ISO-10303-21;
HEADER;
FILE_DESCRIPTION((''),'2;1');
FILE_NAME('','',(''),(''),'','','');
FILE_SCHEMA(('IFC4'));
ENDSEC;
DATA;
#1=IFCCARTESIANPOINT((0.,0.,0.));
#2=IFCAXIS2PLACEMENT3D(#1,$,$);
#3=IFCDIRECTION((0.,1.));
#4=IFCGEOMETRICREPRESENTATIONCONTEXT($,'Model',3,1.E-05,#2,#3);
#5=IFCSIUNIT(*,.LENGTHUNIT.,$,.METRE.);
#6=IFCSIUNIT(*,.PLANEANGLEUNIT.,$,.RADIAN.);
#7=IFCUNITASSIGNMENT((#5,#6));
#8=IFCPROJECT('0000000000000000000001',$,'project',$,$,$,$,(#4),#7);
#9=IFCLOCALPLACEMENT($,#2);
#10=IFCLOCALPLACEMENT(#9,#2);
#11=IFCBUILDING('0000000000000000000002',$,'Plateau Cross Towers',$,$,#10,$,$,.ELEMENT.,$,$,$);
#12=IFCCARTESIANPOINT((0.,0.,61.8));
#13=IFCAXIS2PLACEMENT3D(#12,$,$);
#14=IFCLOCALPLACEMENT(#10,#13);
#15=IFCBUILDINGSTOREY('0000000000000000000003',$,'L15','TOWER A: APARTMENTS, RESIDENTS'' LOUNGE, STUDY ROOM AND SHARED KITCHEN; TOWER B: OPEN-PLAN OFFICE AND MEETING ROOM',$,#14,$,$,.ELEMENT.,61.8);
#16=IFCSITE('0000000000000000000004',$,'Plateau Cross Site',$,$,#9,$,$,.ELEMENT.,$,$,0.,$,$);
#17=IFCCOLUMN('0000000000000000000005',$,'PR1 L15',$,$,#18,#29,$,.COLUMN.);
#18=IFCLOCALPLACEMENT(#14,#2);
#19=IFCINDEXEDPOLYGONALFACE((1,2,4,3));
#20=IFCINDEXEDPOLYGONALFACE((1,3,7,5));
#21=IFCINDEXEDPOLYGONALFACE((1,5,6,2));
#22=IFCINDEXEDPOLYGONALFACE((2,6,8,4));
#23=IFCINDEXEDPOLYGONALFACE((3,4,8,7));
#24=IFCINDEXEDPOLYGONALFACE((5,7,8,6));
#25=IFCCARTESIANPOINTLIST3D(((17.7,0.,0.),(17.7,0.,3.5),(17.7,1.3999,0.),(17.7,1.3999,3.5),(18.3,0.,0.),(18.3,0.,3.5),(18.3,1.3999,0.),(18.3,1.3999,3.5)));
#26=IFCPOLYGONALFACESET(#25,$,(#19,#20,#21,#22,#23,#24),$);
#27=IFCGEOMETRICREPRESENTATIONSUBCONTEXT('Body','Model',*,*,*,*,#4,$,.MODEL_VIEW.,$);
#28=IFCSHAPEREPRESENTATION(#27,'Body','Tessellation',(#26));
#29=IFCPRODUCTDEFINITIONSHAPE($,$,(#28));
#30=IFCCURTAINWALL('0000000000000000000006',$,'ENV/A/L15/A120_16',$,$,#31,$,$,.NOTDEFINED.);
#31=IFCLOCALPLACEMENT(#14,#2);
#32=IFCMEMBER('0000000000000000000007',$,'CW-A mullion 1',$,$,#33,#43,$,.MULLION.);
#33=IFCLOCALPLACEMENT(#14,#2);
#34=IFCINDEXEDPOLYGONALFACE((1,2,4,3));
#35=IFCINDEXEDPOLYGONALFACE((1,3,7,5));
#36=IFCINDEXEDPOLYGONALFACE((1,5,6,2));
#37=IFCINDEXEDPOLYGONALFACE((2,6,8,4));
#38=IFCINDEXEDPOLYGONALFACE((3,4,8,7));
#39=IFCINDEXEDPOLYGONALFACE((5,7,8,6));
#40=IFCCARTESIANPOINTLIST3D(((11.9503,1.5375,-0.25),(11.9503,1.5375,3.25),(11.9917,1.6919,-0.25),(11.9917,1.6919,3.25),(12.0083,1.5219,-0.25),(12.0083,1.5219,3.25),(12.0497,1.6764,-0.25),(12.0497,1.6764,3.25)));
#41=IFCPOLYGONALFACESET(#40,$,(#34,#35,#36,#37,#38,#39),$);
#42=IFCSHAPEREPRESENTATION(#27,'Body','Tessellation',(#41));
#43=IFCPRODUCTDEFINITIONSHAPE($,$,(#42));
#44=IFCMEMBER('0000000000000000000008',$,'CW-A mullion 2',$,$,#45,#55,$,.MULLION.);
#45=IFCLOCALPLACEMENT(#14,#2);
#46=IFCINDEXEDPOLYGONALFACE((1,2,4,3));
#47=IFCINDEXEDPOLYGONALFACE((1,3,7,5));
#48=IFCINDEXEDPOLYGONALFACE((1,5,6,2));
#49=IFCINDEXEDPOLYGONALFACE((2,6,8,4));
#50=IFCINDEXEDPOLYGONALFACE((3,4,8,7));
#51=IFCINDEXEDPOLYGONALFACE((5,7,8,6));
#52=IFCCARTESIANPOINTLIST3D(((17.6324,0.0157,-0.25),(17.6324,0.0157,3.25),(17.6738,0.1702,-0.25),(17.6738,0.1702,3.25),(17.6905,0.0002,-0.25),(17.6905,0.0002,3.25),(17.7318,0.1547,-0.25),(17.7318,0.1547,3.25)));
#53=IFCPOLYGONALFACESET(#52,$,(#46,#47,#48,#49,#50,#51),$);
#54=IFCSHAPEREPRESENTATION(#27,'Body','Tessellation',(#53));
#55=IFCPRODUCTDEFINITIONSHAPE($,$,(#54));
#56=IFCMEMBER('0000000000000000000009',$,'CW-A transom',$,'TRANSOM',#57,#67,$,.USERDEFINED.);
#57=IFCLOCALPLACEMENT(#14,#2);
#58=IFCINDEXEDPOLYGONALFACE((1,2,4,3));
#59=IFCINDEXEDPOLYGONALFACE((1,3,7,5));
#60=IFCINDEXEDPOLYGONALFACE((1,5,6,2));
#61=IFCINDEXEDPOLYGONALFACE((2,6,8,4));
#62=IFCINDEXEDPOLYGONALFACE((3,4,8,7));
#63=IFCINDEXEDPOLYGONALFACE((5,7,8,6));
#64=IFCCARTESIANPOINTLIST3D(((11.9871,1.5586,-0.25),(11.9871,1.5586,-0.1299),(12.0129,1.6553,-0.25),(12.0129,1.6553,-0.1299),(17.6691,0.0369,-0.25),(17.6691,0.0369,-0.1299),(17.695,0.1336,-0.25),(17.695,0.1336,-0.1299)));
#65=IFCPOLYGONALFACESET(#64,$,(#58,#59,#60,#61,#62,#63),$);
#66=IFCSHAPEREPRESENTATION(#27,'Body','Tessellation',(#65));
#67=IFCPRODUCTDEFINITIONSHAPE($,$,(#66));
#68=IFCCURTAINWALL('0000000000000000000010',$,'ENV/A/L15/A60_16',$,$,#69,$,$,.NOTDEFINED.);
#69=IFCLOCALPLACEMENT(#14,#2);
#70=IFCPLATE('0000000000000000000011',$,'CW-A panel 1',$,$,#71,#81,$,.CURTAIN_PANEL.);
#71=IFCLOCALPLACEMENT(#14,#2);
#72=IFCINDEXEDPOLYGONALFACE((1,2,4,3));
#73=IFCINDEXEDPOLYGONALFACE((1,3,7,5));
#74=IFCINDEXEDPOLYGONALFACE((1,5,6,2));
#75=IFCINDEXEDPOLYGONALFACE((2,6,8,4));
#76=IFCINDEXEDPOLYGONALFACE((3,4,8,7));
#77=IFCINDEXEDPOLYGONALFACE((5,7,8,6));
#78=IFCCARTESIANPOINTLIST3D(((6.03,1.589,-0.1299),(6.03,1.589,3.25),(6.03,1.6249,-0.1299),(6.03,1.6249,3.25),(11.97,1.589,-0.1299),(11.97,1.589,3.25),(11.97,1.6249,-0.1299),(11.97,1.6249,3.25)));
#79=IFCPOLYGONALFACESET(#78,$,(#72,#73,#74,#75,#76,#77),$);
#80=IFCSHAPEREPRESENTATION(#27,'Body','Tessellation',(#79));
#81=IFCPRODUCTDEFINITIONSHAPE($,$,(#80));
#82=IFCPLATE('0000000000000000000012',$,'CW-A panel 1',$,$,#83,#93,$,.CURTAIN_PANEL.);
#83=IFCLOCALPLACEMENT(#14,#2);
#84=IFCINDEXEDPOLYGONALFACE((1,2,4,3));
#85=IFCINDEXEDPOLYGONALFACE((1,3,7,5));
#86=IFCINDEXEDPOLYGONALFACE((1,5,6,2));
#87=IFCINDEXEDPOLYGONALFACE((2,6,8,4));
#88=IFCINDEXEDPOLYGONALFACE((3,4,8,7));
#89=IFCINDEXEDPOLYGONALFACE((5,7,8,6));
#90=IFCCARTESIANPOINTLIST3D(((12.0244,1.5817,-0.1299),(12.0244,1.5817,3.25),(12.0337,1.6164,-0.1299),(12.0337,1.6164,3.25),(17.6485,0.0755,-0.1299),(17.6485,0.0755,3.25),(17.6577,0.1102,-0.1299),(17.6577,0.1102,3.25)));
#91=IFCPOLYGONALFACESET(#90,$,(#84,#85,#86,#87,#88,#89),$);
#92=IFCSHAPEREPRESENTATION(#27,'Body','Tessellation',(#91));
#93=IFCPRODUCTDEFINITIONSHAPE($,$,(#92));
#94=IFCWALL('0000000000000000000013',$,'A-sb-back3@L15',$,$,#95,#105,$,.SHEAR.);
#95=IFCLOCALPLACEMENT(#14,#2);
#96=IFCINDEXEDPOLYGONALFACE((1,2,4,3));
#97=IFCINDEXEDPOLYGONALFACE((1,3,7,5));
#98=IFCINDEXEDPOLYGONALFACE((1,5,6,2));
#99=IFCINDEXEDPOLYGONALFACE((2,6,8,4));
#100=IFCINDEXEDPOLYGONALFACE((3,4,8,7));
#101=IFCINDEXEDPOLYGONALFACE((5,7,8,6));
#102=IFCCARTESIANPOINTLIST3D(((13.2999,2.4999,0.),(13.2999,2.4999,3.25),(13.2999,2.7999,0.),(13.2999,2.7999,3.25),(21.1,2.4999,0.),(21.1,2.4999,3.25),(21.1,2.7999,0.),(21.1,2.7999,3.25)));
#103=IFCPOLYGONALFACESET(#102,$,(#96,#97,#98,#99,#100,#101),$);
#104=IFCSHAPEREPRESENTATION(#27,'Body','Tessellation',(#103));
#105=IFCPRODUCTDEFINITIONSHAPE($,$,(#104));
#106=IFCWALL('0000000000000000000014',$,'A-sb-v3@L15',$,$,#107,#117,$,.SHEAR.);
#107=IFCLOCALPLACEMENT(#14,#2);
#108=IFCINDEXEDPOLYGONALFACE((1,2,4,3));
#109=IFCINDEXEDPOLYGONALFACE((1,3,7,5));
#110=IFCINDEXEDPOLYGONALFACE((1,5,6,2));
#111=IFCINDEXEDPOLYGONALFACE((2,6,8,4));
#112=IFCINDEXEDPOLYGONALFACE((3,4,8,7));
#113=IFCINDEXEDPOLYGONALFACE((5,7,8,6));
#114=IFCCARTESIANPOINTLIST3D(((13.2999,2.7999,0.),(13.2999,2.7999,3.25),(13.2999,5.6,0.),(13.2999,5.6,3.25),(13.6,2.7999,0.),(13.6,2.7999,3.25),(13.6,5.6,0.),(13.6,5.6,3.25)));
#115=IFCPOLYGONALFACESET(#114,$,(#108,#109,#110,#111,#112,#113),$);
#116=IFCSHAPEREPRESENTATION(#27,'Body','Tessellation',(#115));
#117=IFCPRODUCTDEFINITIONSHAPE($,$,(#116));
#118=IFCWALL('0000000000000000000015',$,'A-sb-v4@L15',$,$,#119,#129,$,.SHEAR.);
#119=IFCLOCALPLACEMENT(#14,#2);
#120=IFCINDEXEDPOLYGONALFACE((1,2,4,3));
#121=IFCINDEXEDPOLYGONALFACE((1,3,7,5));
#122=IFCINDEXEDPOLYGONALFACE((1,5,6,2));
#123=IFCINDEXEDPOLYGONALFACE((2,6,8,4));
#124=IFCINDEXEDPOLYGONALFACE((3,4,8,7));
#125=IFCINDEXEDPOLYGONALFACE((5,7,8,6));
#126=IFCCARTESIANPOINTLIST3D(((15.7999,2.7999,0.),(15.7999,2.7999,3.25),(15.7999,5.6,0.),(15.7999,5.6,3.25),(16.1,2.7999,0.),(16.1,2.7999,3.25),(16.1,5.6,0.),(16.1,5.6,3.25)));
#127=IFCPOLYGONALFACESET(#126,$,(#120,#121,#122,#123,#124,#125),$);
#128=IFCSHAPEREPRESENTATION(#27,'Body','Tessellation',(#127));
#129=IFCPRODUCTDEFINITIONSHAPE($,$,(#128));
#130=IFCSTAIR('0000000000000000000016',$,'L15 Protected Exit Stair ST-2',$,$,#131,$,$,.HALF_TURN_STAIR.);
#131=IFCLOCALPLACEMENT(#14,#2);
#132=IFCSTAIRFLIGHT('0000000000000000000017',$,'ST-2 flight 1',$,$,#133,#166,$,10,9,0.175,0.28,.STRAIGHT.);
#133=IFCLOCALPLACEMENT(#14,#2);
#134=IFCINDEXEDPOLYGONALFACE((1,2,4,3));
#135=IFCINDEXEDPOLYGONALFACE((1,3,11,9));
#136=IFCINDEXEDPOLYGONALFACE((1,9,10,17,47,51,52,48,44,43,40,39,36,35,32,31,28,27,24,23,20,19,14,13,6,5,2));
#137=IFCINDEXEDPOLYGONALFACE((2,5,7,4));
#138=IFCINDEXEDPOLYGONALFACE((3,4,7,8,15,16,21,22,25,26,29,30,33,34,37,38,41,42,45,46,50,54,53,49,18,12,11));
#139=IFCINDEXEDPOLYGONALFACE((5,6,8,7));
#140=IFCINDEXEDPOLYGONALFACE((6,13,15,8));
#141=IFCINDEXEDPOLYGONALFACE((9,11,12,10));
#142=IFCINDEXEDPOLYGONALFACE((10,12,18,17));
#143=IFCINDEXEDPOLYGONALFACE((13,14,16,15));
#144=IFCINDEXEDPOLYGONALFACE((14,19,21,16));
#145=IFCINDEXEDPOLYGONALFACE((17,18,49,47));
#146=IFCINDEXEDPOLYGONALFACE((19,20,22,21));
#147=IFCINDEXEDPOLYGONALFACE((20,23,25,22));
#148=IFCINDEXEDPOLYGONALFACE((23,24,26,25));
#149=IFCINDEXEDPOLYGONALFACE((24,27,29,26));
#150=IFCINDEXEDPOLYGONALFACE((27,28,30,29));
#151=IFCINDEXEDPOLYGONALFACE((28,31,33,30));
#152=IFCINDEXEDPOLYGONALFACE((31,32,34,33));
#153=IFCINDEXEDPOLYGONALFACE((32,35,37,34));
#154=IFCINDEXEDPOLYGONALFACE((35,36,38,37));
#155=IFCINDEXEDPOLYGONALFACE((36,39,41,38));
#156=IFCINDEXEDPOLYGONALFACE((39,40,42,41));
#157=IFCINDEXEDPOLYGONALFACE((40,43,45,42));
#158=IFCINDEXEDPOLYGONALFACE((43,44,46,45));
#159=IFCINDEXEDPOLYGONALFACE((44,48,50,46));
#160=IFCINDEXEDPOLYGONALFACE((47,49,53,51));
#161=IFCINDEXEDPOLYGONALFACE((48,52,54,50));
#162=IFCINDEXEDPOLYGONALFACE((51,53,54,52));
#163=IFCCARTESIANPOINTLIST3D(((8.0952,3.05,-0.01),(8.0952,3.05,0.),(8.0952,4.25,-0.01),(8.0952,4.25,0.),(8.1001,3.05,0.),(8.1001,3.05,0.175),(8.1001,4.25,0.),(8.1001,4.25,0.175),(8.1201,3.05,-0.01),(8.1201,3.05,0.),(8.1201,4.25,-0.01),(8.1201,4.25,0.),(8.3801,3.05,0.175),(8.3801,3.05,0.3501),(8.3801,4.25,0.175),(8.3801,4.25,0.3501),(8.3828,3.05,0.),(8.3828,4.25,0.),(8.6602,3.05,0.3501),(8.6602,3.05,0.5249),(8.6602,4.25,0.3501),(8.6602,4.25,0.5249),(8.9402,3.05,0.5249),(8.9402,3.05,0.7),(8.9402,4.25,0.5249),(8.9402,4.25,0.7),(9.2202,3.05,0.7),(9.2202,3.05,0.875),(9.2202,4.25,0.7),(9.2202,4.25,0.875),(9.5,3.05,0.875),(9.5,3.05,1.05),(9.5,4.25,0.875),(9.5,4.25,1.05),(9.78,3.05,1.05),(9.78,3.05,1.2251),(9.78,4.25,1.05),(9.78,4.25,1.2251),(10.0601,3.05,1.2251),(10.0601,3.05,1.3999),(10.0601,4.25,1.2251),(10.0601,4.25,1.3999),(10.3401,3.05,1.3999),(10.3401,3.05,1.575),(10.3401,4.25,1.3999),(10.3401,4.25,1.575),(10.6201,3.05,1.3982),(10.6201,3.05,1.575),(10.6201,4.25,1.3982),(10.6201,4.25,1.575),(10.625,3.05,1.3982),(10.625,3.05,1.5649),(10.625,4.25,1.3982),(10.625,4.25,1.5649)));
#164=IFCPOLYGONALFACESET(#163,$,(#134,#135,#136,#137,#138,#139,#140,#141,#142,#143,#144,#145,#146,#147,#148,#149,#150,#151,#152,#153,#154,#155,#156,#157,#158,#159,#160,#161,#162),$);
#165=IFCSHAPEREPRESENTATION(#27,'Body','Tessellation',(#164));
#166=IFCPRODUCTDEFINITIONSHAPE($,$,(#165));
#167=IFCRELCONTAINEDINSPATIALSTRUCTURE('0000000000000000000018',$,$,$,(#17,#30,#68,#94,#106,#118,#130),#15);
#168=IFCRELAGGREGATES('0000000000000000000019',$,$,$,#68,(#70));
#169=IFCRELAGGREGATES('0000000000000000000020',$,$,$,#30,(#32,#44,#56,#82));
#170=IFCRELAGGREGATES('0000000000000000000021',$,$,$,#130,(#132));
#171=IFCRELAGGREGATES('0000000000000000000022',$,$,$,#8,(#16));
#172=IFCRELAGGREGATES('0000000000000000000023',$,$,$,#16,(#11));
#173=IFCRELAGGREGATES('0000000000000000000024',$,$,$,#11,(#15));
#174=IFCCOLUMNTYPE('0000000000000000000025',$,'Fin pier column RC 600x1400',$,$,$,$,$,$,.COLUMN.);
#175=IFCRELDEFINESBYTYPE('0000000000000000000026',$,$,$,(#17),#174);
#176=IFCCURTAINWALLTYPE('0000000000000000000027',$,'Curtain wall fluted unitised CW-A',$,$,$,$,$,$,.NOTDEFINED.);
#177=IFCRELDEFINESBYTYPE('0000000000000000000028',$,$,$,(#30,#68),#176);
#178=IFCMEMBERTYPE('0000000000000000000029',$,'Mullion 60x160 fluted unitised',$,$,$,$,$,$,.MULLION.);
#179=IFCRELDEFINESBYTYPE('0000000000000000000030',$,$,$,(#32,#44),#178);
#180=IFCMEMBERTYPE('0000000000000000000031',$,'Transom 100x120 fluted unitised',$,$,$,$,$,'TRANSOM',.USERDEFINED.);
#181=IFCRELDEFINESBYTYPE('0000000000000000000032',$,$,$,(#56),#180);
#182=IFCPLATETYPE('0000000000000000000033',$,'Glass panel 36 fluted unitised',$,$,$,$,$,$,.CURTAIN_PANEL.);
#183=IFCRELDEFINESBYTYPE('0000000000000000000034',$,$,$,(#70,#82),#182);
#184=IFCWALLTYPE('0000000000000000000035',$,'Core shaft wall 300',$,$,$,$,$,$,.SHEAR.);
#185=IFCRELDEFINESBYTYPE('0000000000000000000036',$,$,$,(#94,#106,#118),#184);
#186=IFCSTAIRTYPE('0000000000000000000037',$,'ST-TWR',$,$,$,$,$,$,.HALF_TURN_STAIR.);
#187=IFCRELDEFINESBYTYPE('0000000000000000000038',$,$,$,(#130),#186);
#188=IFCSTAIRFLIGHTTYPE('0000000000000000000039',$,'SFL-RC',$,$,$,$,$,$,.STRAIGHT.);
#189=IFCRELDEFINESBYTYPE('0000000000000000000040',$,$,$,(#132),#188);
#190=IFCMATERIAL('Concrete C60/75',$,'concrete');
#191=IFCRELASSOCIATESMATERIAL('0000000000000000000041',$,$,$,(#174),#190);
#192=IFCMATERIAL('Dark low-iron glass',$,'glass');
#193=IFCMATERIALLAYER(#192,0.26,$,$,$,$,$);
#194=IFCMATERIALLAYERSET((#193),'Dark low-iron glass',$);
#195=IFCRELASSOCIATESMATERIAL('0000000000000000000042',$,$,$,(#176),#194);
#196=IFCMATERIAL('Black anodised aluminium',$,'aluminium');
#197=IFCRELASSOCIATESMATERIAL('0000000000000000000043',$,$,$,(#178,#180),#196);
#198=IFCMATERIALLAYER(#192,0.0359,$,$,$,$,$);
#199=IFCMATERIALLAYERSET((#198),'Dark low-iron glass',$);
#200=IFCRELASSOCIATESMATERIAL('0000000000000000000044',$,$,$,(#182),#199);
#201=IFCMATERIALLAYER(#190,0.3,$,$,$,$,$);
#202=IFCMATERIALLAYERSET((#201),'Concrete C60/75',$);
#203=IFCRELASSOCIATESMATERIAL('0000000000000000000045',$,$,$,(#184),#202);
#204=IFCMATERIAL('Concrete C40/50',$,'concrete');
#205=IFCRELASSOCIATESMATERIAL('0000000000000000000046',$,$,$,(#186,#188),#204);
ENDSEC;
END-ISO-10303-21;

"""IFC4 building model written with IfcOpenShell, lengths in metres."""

from ifc_helpers import new_model, si_unit, direction, frame, frame_2d, origin, origin_2d, place, context, subcontext, project, spatial, polyline, rectangle, outline, extrude, material, layer, layer_set, material_profile, profile_set, type_object, element, aggregate, save


model = new_model("IFC4")

# Units and contexts
model_context = context("Model", 3, precision=1e-05, world=origin(), true_north=direction((0.0, 1.0)))
body_context = subcontext(model_context, "Body", "Model", "MODEL_VIEW")
ifc_project = project(units=[si_unit("LENGTHUNIT", "METRE"), si_unit("PLANEANGLEUNIT", "RADIAN")], contexts=[model_context])

# Site, building, storey
site_placement = place(None, origin())
site = spatial("IfcSite", under=ifc_project, at=site_placement, Name="Plateau Cross Site", CompositionType="ELEMENT", RefElevation=0.0)
building_placement = place(site_placement, origin())
building = spatial("IfcBuilding", under=site, at=building_placement, Name="Plateau Cross Towers", CompositionType="ELEMENT")
storey_placement = place(building_placement, frame((0.0, 0.0, 61.8)))
storey = spatial("IfcBuildingStorey", under=building, at=storey_placement, Name="L15", Description="TOWER A: APARTMENTS, RESIDENTS' LOUNGE, STUDY ROOM AND SHARED KITCHEN; TOWER B: OPEN-PLAN OFFICE AND MEETING ROOM", CompositionType="ELEMENT", Elevation=61.8)

# Column
ifc_material_1 = material(Name="Concrete C60/75", Category="concrete")
ifc_material_profile_1 = material_profile(ifc_material_1, rectangle(XDim=0.6001, YDim=1.3999, at=origin_2d()), Name="RC 600x1400")
ifc_profile_set_1 = profile_set([ifc_material_profile_1], Name="Concrete C60/75")
column_type = type_object("IfcColumnType", Name="Fin pier column RC 600x1400", PredefinedType="COLUMN", material=ifc_profile_set_1)
column_placement = place(storey_placement, frame((18.0, 0.7, 0.0), z_axis=(0.0, 0.0, 1.0), x_axis=(1.0, 0.0, 0.0)))
element("IfcColumn", 1, at=column_placement, inside=storey, type_object=column_type, Name="PR1 L15", PredefinedType="COLUMN", context=body_context, shape_type="SweptSolid", body=[
    extrude(rectangle(XDim=0.6001, YDim=1.3999, at=origin_2d()), origin(), (0.0, 0.0, 1.0), 3.5),
])

# Curtain wall, members
ifc_material_2 = material(Name="Dark low-iron glass", Category="glass")
ifc_layer_1 = layer(ifc_material_2, 0.26)
ifc_layer_set_1 = layer_set([ifc_layer_1], Name="Dark low-iron glass")
curtain_wall_type = type_object("IfcCurtainWallType", Name="Curtain wall fluted unitised CW-A", PredefinedType="NOTDEFINED", material=ifc_layer_set_1)
curtain_wall_1_placement = place(storey_placement, origin())
curtain_wall_1 = element("IfcCurtainWall", 2, at=curtain_wall_1_placement, inside=storey, type_object=curtain_wall_type, Name="ENV/A/L15/A120_16", PredefinedType="NOTDEFINED")
ifc_material_3 = material(Name="Black anodised aluminium", Category="aluminium")
ifc_material_profile_2 = material_profile(ifc_material_3, rectangle(XDim=0.0601, YDim=0.1599, at=origin_2d()), Name="MULLION 60x160")
ifc_profile_set_2 = profile_set([ifc_material_profile_2], Name="Black anodised aluminium")
member_type_1 = type_object("IfcMemberType", Name="Mullion 60x160 fluted unitised", PredefinedType="MULLION", material=ifc_profile_set_2)
member_1_placement = place(storey_placement, frame((12.0, 1.6069, -0.25), z_axis=(0.0, 0.0, 1.0), x_axis=(0.965958, -0.258699, 0.0)))
member_1 = element("IfcMember", 3, at=member_1_placement, type_object=member_type_1, Name="CW-A mullion 1", PredefinedType="MULLION", context=body_context, shape_type="SweptSolid", body=[
    extrude(rectangle(XDim=0.0601, YDim=0.1599, at=origin_2d()), origin(), (0.0, 0.0, 1.0), 3.5),
])
member_2_placement = place(storey_placement, frame((17.6821, 0.0852, -0.25), z_axis=(0.0, 0.0, 1.0), x_axis=(0.965958, -0.258699, 0.0)))
member_2 = element("IfcMember", 4, at=member_2_placement, type_object=member_type_1, Name="CW-A mullion 2", PredefinedType="MULLION", context=body_context, shape_type="SweptSolid", body=[
    extrude(rectangle(XDim=0.0601, YDim=0.1599, at=origin_2d()), origin(), (0.0, 0.0, 1.0), 3.5),
])
ifc_material_profile_3 = material_profile(ifc_material_3, rectangle(XDim=0.1001, YDim=0.1201, at=origin_2d()), Name="TRANSOM 100x120")
ifc_profile_set_3 = profile_set([ifc_material_profile_3], Name="Black anodised aluminium")
member_type_2 = type_object("IfcMemberType", Name="Transom 100x120 fluted unitised", ElementType="TRANSOM", PredefinedType="USERDEFINED", material=ifc_profile_set_3)
member_3_placement = place(storey_placement, frame((12.0, 1.6069, -0.1899), z_axis=(0.96596, -0.258693, 0.0), x_axis=(0.258693, 0.96596, 0.0)))
member_3 = element("IfcMember", 5, at=member_3_placement, type_object=member_type_2, Name="CW-A transom", ObjectType="TRANSOM", PredefinedType="USERDEFINED", context=body_context, shape_type="SweptSolid", body=[
    extrude(rectangle(XDim=0.1001, YDim=0.1201, at=origin_2d()), origin(), (0.0, 0.0, 1.0), 5.8823),
])

# Curtain wall, plate
curtain_wall_2_placement = place(storey_placement, origin())
curtain_wall_2 = element("IfcCurtainWall", 6, at=curtain_wall_2_placement, inside=storey, type_object=curtain_wall_type, Name="ENV/A/L15/A60_16", PredefinedType="NOTDEFINED")
ifc_layer_2 = layer(ifc_material_2, 0.0359)
ifc_layer_set_2 = layer_set([ifc_layer_2], Name="Dark low-iron glass")
plate_type = type_object("IfcPlateType", Name="Glass panel 36 fluted unitised", PredefinedType="CURTAIN_PANEL", material=ifc_layer_set_2)
plate_1_placement = place(storey_placement, frame((9.0, 1.6069, -0.1299), z_axis=(0.0, 0.0, 1.0), x_axis=(1.0, 0.0, 0.0)))
plate_1 = element("IfcPlate", 7, at=plate_1_placement, type_object=plate_type, Name="CW-A panel 1", PredefinedType="CURTAIN_PANEL", context=body_context, shape_type="SweptSolid", body=[
    extrude(rectangle(XDim=5.9399, YDim=0.0359, at=origin_2d()), origin(), (0.0, 0.0, 1.0), 3.3799),
])
aggregate(curtain_wall_2, [plate_1])

# Plate
plate_2_placement = place(storey_placement, frame((14.8411, 0.8459, -0.1299), z_axis=(0.0, 0.0, 1.0), x_axis=(0.965958, -0.258699, 0.0)))
plate_2 = element("IfcPlate", 8, at=plate_2_placement, type_object=plate_type, Name="CW-A panel 1", PredefinedType="CURTAIN_PANEL", context=body_context, shape_type="SweptSolid", body=[
    extrude(rectangle(XDim=5.8223, YDim=0.0359, at=origin_2d()), origin(), (0.0, 0.0, 1.0), 3.3799),
])
aggregate(curtain_wall_1, [member_1, member_2, member_3, plate_2])

# Walls
ifc_layer_3 = layer(ifc_material_1, 0.3)
ifc_layer_set_3 = layer_set([ifc_layer_3], Name="Concrete C60/75")
wall_type = type_object("IfcWallType", Name="Core shaft wall 300", PredefinedType="SHEAR", material=ifc_layer_set_3)
wall_placement = place(storey_placement, frame((13.3, 2.6499, 0.0), z_axis=(0.0, 0.0, 1.0), x_axis=(1.0, 0.0, 0.0)))
element("IfcWall", 9, at=wall_placement, inside=storey, type_object=wall_type, Name="A-sb-back3@L15", PredefinedType="SHEAR", context=body_context, shape_type="SweptSolid", body=[
    extrude(rectangle(XDim=7.8, YDim=0.3, at=frame_2d((3.8999, 0.0))), origin(), (0.0, 0.0, 1.0), 3.25),
])
for number, where, z_axis, x_axis, name in (
    (10, (13.45, 2.8, 0.0), (0.0, 0.0, 1.0), (0.0, 1.0, 0.0), "A-sb-v3@L15"),
    (11, (15.95, 2.8, 0.0), (0.0, 0.0, 1.0), (0.0, 1.0, 0.0), "A-sb-v4@L15"),
):
    element("IfcWall", number, at=place(storey_placement, frame(where, z_axis=z_axis, x_axis=x_axis)), inside=storey, type_object=wall_type, Name=name, PredefinedType="SHEAR", context=body_context, shape_type="SweptSolid", body=[
        extrude(rectangle(XDim=2.8, YDim=0.3, at=frame_2d((1.3999, 0.0))), origin(), (0.0, 0.0, 1.0), 3.25),
    ])

# Stair, stair flight
ifc_material_4 = material(Name="Concrete C40/50", Category="concrete")
stair_type = type_object("IfcStairType", Name="ST-TWR", PredefinedType="HALF_TURN_STAIR", material=ifc_material_4)
stair_placement = place(storey_placement, origin())
stair = element("IfcStair", 12, at=stair_placement, inside=storey, type_object=stair_type, Name="L15 Protected Exit Stair ST-2", PredefinedType="HALF_TURN_STAIR")
stair_flight_type = type_object("IfcStairFlightType", Name="SFL-RC", PredefinedType="STRAIGHT", material=ifc_material_4)
stair_flight_placement = place(storey_placement, frame((8.1001, 3.6499, 0.0), z_axis=(0.0, 0.0, 1.0), x_axis=(1.0, 0.0, 0.0)))
stair_flight = element("IfcStairFlight", 13, at=stair_flight_placement, type_object=stair_flight_type, Name="ST-2 flight 1", NumberOfRisers=10, NumberOfTreads=9, PredefinedType="STRAIGHT", RiserHeight=0.175, TreadLength=0.28, context=body_context, shape_type="SweptSolid", body=[
    extrude(outline(polyline([(-0.0049, -0.01), (-0.0049, 0.0), (0.0, 0.0), (0.0, 0.175), (0.28, 0.175), (0.28, 0.3501), (0.5601, 0.3501), (0.5601, 0.5249), (0.8401, 0.5249), (0.8401, 0.7), (1.1201, 0.7), (1.1201, 0.875), (1.3999, 0.875), (1.3999, 1.05), (1.6799, 1.05), (1.6799, 1.2251), (1.96, 1.2251), (1.96, 1.3999), (2.24, 1.3999), (2.24, 1.575), (2.52, 1.575), (2.5249, 1.5649), (2.5249, 1.3982), (2.52, 1.3982), (0.2827, 0.0), (0.02, 0.0), (0.02, -0.01), (-0.0049, -0.01)])), frame((0.0, 0.6001, 0.0), z_axis=(0.0, -1.0, 0.0), x_axis=(1.0, 0.0, 0.0)), (0.0, 0.0, 1.0), 1.2),
])
aggregate(stair, [stair_flight])

save(model, "model.ifc")
